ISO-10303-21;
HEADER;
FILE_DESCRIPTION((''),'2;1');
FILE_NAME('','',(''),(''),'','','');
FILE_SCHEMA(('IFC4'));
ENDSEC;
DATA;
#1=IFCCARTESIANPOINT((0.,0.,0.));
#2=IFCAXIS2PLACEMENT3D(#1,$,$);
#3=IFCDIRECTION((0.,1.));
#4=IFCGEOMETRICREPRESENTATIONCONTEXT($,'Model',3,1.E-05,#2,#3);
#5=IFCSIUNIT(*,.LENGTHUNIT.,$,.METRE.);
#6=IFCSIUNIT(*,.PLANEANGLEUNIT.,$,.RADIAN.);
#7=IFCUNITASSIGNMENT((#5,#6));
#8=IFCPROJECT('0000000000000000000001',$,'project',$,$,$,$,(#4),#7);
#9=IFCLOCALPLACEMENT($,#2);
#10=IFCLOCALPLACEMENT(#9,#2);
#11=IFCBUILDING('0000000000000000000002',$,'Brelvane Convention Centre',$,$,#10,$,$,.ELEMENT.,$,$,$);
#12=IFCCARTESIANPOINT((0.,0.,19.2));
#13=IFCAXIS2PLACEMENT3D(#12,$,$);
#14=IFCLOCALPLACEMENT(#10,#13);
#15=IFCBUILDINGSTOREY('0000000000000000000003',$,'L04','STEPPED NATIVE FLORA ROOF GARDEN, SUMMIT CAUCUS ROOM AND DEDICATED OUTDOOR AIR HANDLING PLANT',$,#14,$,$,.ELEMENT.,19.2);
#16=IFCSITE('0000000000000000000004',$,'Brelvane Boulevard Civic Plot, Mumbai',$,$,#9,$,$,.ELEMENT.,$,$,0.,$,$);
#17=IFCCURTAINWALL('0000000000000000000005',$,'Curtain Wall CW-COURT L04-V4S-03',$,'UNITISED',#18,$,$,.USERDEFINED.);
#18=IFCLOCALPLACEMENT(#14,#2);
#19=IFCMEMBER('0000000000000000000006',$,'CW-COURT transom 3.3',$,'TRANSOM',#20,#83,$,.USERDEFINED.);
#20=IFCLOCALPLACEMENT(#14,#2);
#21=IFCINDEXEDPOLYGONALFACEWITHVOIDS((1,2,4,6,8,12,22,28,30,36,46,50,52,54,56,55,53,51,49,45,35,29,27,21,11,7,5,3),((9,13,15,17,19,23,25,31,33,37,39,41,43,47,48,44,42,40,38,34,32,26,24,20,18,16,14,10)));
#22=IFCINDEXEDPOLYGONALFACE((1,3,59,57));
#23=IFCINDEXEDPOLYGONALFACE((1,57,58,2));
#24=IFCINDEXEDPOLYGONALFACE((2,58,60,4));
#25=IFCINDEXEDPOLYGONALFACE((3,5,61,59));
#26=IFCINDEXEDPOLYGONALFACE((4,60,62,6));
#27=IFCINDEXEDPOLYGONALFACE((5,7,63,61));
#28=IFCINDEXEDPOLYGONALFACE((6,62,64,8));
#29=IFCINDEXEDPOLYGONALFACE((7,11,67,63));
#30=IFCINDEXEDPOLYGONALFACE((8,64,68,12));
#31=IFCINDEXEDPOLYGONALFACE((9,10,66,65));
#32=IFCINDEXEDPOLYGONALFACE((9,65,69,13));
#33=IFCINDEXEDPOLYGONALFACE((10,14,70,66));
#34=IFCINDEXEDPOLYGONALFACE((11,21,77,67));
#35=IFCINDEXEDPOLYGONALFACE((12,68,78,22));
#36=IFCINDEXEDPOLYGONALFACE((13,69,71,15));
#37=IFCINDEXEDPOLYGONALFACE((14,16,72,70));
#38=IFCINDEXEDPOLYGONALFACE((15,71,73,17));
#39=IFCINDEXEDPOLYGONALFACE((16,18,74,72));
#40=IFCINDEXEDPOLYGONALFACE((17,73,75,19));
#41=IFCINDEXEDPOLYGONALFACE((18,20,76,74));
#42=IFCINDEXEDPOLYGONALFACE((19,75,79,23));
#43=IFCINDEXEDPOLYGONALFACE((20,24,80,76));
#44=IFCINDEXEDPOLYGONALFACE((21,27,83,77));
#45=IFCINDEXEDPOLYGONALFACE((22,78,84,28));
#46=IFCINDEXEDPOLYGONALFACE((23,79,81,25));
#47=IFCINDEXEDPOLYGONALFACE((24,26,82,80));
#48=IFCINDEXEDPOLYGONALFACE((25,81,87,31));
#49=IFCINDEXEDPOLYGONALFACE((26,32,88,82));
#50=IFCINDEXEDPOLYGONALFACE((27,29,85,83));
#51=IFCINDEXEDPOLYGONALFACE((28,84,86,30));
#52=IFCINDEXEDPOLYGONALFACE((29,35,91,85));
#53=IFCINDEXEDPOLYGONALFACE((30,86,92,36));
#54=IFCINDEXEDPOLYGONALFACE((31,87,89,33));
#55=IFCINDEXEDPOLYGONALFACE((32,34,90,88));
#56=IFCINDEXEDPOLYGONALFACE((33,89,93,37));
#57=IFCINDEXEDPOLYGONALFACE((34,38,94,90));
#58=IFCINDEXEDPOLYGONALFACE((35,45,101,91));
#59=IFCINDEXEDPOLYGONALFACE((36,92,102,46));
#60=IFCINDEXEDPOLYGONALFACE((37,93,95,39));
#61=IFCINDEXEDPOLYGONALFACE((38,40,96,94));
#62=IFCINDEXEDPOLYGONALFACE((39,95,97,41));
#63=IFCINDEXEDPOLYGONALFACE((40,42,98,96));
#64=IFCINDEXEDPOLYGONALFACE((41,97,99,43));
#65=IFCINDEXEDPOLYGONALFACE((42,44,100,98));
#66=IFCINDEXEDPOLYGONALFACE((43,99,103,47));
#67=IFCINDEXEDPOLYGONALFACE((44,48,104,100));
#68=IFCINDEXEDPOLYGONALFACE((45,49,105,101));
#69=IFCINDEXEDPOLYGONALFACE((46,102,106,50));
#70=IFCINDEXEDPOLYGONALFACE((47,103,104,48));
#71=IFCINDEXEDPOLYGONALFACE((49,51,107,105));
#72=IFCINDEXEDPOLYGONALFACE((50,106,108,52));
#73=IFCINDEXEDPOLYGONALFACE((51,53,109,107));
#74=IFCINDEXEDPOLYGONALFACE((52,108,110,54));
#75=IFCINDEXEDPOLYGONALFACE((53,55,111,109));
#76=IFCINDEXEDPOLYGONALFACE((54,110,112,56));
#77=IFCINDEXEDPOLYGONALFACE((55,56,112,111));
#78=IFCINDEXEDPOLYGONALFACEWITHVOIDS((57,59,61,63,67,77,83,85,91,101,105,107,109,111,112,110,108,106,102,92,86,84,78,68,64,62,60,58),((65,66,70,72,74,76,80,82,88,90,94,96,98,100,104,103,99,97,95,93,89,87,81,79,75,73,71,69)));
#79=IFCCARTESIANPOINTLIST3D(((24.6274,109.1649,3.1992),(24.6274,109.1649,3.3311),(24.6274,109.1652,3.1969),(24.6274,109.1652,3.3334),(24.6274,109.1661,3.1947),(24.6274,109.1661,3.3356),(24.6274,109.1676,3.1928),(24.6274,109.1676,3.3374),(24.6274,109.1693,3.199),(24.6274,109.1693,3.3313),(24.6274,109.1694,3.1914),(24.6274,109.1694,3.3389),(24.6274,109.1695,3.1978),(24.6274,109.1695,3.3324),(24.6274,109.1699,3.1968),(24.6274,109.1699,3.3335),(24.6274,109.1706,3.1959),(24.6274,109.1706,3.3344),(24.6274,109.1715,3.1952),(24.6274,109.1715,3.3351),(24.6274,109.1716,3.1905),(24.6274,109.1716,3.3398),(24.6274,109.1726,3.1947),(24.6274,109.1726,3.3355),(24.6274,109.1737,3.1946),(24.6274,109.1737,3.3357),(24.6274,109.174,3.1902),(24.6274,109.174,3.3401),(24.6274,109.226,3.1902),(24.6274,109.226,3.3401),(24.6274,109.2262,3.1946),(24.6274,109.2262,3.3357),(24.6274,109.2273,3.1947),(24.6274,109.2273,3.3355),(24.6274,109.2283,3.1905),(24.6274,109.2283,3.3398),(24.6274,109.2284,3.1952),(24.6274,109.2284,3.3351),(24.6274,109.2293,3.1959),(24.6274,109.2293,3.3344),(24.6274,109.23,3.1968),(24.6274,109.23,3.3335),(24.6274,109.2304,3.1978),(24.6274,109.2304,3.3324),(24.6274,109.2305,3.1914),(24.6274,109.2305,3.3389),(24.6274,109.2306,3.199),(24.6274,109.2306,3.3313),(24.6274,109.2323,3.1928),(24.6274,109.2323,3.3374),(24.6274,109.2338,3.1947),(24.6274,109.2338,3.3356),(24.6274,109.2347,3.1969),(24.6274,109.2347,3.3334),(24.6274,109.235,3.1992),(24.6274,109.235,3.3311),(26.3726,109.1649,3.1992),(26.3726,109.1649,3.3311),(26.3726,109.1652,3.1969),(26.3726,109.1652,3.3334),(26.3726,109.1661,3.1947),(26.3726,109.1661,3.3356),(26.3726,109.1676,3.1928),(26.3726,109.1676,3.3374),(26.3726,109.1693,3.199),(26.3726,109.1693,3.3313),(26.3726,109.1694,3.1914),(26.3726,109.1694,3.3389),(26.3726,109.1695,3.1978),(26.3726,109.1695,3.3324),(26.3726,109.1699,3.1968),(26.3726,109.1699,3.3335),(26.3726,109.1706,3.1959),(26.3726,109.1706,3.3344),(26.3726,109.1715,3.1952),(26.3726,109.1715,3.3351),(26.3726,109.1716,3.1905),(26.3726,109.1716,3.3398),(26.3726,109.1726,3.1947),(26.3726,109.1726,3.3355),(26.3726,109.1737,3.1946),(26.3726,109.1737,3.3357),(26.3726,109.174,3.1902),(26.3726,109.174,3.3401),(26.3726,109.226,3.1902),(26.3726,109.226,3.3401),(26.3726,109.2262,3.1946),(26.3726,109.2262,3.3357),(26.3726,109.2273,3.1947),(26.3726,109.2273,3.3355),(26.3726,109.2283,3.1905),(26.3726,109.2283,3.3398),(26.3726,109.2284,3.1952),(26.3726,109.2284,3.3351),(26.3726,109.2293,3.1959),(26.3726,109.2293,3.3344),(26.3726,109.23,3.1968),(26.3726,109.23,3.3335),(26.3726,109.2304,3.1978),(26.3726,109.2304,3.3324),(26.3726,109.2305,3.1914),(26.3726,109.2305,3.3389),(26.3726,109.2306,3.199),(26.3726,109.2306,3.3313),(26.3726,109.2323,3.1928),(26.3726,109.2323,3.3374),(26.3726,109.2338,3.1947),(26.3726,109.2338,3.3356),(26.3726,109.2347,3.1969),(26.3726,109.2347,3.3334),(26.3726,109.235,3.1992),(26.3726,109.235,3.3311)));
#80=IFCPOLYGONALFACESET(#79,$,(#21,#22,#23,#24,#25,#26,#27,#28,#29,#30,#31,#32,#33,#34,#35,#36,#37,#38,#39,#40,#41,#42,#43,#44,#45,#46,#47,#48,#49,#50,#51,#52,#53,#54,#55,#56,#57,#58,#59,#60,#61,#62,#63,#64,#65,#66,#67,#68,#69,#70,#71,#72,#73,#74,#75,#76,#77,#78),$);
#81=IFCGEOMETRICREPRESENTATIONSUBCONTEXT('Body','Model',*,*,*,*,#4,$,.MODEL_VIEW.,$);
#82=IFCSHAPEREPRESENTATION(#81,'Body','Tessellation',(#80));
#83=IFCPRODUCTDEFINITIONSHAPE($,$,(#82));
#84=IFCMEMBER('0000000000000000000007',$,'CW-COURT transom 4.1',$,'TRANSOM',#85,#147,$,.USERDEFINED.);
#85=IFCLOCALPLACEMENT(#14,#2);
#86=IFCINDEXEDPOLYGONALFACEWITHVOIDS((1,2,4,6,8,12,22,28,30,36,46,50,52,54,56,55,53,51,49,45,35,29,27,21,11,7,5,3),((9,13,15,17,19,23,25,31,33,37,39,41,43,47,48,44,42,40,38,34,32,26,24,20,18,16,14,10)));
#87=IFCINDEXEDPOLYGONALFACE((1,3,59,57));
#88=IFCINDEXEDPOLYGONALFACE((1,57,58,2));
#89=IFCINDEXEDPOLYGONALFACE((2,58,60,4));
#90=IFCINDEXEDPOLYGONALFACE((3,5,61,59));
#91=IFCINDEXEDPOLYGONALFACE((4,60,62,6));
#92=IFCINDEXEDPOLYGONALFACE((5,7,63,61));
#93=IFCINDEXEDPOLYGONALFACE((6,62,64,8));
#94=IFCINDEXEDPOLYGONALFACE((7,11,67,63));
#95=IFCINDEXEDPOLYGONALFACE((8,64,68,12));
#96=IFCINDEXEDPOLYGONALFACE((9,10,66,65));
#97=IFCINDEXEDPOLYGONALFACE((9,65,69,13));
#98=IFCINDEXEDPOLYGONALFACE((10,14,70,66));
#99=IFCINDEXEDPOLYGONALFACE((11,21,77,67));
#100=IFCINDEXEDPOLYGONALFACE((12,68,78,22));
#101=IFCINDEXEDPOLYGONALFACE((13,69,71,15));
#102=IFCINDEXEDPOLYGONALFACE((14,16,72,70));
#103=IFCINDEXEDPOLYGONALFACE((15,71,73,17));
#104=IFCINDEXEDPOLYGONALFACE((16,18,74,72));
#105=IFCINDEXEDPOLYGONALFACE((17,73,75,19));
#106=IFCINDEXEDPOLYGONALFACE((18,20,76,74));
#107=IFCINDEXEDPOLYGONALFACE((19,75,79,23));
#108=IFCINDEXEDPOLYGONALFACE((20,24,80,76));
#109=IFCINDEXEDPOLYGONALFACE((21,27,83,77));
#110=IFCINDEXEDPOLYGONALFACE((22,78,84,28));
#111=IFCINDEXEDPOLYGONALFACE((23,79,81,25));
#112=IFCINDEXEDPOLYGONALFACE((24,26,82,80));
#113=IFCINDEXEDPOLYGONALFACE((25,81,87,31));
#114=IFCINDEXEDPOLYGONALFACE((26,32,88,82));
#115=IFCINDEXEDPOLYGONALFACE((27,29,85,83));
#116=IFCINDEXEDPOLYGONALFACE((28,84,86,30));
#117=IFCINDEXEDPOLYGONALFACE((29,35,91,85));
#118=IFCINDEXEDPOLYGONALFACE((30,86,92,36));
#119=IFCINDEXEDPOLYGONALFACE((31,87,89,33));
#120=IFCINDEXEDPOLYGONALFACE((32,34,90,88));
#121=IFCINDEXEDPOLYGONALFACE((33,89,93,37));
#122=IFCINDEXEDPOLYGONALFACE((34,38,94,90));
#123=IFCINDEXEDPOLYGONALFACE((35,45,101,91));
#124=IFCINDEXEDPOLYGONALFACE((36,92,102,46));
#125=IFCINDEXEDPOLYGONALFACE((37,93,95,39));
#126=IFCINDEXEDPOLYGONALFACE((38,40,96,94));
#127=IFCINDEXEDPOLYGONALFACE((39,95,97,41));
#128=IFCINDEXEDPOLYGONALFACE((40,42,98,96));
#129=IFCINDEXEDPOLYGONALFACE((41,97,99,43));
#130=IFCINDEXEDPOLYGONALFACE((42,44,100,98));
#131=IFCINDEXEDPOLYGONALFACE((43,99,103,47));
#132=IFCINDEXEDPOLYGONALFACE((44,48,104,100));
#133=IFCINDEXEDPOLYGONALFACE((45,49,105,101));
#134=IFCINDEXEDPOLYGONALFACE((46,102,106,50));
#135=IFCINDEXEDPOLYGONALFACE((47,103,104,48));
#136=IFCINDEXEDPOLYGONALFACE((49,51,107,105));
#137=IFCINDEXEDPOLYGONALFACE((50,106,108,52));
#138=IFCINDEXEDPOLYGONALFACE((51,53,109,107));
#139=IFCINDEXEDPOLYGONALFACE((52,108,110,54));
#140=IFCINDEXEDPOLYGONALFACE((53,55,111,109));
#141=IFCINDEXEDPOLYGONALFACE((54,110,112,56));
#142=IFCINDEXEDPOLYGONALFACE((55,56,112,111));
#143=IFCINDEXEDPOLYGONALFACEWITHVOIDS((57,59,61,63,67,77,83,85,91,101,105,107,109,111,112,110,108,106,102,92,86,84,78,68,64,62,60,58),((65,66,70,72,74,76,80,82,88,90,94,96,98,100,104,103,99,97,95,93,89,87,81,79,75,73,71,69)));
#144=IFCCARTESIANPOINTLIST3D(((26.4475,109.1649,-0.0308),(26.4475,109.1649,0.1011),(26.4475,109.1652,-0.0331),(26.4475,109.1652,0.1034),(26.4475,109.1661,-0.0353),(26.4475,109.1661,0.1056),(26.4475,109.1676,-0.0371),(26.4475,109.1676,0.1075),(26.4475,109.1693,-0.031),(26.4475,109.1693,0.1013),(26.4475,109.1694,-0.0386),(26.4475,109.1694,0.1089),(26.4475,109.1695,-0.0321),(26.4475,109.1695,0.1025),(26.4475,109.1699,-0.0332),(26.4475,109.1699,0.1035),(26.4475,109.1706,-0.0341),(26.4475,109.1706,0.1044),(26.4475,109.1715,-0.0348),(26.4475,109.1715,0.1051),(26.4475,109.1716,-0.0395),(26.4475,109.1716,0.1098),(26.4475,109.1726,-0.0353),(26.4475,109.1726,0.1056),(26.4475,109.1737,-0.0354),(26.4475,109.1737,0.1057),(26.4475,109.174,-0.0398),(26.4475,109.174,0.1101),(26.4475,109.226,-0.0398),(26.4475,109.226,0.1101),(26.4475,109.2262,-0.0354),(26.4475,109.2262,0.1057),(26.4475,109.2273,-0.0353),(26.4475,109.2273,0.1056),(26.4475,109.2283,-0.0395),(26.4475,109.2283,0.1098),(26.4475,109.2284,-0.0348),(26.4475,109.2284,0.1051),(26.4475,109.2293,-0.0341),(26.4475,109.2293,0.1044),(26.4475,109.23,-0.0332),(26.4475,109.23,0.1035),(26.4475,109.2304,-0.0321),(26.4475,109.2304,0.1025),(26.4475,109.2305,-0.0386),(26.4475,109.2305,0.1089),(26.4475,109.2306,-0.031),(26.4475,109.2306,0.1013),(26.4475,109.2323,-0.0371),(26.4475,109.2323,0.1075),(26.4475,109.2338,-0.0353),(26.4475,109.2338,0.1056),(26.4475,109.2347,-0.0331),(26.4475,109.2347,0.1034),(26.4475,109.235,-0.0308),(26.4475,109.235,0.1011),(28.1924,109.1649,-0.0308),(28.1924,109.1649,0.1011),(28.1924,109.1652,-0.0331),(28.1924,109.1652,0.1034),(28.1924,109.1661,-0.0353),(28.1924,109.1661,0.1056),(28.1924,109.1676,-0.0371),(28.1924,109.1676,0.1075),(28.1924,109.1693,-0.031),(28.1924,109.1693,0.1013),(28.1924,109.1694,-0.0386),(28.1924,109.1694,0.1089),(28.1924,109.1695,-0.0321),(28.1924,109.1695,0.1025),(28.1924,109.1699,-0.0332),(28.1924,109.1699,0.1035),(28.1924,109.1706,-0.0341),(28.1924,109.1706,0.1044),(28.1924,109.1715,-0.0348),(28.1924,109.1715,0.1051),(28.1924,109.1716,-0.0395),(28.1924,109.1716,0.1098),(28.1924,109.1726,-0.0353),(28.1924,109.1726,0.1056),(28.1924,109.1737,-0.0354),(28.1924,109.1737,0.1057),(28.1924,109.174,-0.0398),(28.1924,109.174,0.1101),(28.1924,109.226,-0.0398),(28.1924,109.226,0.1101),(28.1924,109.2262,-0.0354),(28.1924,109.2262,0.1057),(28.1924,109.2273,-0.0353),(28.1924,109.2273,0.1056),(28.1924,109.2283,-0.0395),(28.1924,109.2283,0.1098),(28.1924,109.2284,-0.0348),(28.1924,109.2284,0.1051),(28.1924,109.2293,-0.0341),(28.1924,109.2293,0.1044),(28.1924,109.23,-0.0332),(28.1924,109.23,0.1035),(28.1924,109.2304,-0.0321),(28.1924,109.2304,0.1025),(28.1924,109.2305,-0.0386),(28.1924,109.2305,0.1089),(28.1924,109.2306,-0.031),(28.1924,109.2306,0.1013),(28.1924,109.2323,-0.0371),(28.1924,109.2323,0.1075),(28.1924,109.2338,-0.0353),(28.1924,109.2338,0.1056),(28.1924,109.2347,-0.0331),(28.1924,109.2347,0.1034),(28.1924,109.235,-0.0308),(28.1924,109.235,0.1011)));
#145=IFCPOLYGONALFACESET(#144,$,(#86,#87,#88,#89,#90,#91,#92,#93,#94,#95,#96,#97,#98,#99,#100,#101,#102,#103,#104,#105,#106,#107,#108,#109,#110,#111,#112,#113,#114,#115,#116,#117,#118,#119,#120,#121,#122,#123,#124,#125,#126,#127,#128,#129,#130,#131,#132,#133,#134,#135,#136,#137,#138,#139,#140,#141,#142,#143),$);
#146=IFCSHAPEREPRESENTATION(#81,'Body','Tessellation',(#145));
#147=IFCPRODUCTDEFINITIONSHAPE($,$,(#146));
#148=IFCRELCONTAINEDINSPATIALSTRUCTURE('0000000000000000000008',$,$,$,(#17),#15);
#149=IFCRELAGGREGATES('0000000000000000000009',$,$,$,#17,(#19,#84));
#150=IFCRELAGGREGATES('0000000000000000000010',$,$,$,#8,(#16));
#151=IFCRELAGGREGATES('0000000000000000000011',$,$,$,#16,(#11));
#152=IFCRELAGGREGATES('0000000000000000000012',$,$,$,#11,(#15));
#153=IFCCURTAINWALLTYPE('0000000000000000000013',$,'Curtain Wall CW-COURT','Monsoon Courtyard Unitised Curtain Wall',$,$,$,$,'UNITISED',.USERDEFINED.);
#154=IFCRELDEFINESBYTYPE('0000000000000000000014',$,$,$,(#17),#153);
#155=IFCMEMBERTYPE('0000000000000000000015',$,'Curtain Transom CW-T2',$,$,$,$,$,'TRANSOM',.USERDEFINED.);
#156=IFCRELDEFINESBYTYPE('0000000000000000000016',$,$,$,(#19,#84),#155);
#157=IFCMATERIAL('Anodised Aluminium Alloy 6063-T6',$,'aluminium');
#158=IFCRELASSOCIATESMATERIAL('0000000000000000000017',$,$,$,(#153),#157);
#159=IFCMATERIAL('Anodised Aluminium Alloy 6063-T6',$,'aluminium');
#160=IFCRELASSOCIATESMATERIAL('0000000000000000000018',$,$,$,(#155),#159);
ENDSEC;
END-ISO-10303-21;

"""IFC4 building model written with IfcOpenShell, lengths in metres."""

from ifc_helpers import new_model, si_unit, direction, frame, origin, origin_2d, place, context, subcontext, project, spatial, hollow_rectangle, extrude, material, material_profile, profile_set, type_object, element, aggregate, save


model = new_model("IFC4")

# Units and contexts
model_context = context("Model", 3, precision=1e-05, world=origin(), true_north=direction((0.0, 1.0)))
body_context = subcontext(model_context, "Body", "Model", "MODEL_VIEW")
ifc_project = project(units=[si_unit("LENGTHUNIT", "METRE"), si_unit("PLANEANGLEUNIT", "RADIAN")], contexts=[model_context])

# Site, building, storey
site_placement = place(None, origin())
site = spatial("IfcSite", under=ifc_project, at=site_placement, Name="Brelvane Boulevard Civic Plot, Mumbai", CompositionType="ELEMENT", RefElevation=0.0)
building_placement = place(site_placement, origin())
building = spatial("IfcBuilding", under=site, at=building_placement, Name="Brelvane Convention Centre", CompositionType="ELEMENT")
storey_placement = place(building_placement, frame((0.0, 0.0, 19.2)))
storey = spatial("IfcBuildingStorey", under=building, at=storey_placement, Name="L04", Description="STEPPED NATIVE FLORA ROOF GARDEN, SUMMIT CAUCUS ROOM AND DEDICATED OUTDOOR AIR HANDLING PLANT", CompositionType="ELEMENT", Elevation=19.2)

# Curtain wall, members
ifc_material_1 = material(Name="Anodised Aluminium Alloy 6063-T6", Category="aluminium")
curtain_wall_type = type_object("IfcCurtainWallType", Name="Curtain Wall CW-COURT", Description="Monsoon Courtyard Unitised Curtain Wall", ElementType="UNITISED", PredefinedType="USERDEFINED", material=ifc_material_1)
curtain_wall_placement = place(storey_placement, origin())
curtain_wall = element("IfcCurtainWall", 1, at=curtain_wall_placement, inside=storey, type_object=curtain_wall_type, Name="Curtain Wall CW-COURT L04-V4S-03", ObjectType="UNITISED", PredefinedType="USERDEFINED")
ifc_material_2 = material(Name="Anodised Aluminium Alloy 6063-T6", Category="aluminium")
ifc_material_profile_1 = material_profile(ifc_material_2, hollow_rectangle(XDim=0.0701, YDim=0.1499, WallThickness=0.0044, InnerFilletRadius=0.0044, OuterFilletRadius=0.009, at=origin_2d()), Name="ALU-T 150x70x4.5")
ifc_profile_set_1 = profile_set([ifc_material_profile_1], Name="Anodised Aluminium Alloy 6063-T6")
member_type_1 = type_object("IfcMemberType", Name="Curtain Transom CW-T2", ElementType="TRANSOM", PredefinedType="USERDEFINED", material=ifc_profile_set_1)
member_1_placement = place(storey_placement, frame((24.6274, 109.2, 3.2651), z_axis=(1.0, 0.0, 0.0), x_axis=(0.0, 1.0, 0.0)))
member_1 = element("IfcMember", 2, at=member_1_placement, type_object=member_type_1, Name="CW-COURT transom 3.3", ObjectType="TRANSOM", PredefinedType="USERDEFINED", context=body_context, shape_type="SweptSolid", body=[
    extrude(hollow_rectangle(XDim=0.0701, YDim=0.1499, WallThickness=0.0044, InnerFilletRadius=0.0044, OuterFilletRadius=0.009, at=origin_2d()), origin(), (0.0, 0.0, 1.0), 1.7451),
])
member_2_placement = place(storey_placement, frame((26.4475, 109.2, 0.0352), z_axis=(1.0, 0.0, 0.0), x_axis=(0.0, 1.0, 0.0)))
member_2 = element("IfcMember", 3, at=member_2_placement, type_object=member_type_1, Name="CW-COURT transom 4.1", ObjectType="TRANSOM", PredefinedType="USERDEFINED", context=body_context, shape_type="SweptSolid", body=[
    extrude(hollow_rectangle(XDim=0.0701, YDim=0.1499, WallThickness=0.0044, InnerFilletRadius=0.0044, OuterFilletRadius=0.009, at=origin_2d()), origin(), (0.0, 0.0, 1.0), 1.7449),
])
aggregate(curtain_wall, [member_1, member_2])

save(model, "model.ifc")
